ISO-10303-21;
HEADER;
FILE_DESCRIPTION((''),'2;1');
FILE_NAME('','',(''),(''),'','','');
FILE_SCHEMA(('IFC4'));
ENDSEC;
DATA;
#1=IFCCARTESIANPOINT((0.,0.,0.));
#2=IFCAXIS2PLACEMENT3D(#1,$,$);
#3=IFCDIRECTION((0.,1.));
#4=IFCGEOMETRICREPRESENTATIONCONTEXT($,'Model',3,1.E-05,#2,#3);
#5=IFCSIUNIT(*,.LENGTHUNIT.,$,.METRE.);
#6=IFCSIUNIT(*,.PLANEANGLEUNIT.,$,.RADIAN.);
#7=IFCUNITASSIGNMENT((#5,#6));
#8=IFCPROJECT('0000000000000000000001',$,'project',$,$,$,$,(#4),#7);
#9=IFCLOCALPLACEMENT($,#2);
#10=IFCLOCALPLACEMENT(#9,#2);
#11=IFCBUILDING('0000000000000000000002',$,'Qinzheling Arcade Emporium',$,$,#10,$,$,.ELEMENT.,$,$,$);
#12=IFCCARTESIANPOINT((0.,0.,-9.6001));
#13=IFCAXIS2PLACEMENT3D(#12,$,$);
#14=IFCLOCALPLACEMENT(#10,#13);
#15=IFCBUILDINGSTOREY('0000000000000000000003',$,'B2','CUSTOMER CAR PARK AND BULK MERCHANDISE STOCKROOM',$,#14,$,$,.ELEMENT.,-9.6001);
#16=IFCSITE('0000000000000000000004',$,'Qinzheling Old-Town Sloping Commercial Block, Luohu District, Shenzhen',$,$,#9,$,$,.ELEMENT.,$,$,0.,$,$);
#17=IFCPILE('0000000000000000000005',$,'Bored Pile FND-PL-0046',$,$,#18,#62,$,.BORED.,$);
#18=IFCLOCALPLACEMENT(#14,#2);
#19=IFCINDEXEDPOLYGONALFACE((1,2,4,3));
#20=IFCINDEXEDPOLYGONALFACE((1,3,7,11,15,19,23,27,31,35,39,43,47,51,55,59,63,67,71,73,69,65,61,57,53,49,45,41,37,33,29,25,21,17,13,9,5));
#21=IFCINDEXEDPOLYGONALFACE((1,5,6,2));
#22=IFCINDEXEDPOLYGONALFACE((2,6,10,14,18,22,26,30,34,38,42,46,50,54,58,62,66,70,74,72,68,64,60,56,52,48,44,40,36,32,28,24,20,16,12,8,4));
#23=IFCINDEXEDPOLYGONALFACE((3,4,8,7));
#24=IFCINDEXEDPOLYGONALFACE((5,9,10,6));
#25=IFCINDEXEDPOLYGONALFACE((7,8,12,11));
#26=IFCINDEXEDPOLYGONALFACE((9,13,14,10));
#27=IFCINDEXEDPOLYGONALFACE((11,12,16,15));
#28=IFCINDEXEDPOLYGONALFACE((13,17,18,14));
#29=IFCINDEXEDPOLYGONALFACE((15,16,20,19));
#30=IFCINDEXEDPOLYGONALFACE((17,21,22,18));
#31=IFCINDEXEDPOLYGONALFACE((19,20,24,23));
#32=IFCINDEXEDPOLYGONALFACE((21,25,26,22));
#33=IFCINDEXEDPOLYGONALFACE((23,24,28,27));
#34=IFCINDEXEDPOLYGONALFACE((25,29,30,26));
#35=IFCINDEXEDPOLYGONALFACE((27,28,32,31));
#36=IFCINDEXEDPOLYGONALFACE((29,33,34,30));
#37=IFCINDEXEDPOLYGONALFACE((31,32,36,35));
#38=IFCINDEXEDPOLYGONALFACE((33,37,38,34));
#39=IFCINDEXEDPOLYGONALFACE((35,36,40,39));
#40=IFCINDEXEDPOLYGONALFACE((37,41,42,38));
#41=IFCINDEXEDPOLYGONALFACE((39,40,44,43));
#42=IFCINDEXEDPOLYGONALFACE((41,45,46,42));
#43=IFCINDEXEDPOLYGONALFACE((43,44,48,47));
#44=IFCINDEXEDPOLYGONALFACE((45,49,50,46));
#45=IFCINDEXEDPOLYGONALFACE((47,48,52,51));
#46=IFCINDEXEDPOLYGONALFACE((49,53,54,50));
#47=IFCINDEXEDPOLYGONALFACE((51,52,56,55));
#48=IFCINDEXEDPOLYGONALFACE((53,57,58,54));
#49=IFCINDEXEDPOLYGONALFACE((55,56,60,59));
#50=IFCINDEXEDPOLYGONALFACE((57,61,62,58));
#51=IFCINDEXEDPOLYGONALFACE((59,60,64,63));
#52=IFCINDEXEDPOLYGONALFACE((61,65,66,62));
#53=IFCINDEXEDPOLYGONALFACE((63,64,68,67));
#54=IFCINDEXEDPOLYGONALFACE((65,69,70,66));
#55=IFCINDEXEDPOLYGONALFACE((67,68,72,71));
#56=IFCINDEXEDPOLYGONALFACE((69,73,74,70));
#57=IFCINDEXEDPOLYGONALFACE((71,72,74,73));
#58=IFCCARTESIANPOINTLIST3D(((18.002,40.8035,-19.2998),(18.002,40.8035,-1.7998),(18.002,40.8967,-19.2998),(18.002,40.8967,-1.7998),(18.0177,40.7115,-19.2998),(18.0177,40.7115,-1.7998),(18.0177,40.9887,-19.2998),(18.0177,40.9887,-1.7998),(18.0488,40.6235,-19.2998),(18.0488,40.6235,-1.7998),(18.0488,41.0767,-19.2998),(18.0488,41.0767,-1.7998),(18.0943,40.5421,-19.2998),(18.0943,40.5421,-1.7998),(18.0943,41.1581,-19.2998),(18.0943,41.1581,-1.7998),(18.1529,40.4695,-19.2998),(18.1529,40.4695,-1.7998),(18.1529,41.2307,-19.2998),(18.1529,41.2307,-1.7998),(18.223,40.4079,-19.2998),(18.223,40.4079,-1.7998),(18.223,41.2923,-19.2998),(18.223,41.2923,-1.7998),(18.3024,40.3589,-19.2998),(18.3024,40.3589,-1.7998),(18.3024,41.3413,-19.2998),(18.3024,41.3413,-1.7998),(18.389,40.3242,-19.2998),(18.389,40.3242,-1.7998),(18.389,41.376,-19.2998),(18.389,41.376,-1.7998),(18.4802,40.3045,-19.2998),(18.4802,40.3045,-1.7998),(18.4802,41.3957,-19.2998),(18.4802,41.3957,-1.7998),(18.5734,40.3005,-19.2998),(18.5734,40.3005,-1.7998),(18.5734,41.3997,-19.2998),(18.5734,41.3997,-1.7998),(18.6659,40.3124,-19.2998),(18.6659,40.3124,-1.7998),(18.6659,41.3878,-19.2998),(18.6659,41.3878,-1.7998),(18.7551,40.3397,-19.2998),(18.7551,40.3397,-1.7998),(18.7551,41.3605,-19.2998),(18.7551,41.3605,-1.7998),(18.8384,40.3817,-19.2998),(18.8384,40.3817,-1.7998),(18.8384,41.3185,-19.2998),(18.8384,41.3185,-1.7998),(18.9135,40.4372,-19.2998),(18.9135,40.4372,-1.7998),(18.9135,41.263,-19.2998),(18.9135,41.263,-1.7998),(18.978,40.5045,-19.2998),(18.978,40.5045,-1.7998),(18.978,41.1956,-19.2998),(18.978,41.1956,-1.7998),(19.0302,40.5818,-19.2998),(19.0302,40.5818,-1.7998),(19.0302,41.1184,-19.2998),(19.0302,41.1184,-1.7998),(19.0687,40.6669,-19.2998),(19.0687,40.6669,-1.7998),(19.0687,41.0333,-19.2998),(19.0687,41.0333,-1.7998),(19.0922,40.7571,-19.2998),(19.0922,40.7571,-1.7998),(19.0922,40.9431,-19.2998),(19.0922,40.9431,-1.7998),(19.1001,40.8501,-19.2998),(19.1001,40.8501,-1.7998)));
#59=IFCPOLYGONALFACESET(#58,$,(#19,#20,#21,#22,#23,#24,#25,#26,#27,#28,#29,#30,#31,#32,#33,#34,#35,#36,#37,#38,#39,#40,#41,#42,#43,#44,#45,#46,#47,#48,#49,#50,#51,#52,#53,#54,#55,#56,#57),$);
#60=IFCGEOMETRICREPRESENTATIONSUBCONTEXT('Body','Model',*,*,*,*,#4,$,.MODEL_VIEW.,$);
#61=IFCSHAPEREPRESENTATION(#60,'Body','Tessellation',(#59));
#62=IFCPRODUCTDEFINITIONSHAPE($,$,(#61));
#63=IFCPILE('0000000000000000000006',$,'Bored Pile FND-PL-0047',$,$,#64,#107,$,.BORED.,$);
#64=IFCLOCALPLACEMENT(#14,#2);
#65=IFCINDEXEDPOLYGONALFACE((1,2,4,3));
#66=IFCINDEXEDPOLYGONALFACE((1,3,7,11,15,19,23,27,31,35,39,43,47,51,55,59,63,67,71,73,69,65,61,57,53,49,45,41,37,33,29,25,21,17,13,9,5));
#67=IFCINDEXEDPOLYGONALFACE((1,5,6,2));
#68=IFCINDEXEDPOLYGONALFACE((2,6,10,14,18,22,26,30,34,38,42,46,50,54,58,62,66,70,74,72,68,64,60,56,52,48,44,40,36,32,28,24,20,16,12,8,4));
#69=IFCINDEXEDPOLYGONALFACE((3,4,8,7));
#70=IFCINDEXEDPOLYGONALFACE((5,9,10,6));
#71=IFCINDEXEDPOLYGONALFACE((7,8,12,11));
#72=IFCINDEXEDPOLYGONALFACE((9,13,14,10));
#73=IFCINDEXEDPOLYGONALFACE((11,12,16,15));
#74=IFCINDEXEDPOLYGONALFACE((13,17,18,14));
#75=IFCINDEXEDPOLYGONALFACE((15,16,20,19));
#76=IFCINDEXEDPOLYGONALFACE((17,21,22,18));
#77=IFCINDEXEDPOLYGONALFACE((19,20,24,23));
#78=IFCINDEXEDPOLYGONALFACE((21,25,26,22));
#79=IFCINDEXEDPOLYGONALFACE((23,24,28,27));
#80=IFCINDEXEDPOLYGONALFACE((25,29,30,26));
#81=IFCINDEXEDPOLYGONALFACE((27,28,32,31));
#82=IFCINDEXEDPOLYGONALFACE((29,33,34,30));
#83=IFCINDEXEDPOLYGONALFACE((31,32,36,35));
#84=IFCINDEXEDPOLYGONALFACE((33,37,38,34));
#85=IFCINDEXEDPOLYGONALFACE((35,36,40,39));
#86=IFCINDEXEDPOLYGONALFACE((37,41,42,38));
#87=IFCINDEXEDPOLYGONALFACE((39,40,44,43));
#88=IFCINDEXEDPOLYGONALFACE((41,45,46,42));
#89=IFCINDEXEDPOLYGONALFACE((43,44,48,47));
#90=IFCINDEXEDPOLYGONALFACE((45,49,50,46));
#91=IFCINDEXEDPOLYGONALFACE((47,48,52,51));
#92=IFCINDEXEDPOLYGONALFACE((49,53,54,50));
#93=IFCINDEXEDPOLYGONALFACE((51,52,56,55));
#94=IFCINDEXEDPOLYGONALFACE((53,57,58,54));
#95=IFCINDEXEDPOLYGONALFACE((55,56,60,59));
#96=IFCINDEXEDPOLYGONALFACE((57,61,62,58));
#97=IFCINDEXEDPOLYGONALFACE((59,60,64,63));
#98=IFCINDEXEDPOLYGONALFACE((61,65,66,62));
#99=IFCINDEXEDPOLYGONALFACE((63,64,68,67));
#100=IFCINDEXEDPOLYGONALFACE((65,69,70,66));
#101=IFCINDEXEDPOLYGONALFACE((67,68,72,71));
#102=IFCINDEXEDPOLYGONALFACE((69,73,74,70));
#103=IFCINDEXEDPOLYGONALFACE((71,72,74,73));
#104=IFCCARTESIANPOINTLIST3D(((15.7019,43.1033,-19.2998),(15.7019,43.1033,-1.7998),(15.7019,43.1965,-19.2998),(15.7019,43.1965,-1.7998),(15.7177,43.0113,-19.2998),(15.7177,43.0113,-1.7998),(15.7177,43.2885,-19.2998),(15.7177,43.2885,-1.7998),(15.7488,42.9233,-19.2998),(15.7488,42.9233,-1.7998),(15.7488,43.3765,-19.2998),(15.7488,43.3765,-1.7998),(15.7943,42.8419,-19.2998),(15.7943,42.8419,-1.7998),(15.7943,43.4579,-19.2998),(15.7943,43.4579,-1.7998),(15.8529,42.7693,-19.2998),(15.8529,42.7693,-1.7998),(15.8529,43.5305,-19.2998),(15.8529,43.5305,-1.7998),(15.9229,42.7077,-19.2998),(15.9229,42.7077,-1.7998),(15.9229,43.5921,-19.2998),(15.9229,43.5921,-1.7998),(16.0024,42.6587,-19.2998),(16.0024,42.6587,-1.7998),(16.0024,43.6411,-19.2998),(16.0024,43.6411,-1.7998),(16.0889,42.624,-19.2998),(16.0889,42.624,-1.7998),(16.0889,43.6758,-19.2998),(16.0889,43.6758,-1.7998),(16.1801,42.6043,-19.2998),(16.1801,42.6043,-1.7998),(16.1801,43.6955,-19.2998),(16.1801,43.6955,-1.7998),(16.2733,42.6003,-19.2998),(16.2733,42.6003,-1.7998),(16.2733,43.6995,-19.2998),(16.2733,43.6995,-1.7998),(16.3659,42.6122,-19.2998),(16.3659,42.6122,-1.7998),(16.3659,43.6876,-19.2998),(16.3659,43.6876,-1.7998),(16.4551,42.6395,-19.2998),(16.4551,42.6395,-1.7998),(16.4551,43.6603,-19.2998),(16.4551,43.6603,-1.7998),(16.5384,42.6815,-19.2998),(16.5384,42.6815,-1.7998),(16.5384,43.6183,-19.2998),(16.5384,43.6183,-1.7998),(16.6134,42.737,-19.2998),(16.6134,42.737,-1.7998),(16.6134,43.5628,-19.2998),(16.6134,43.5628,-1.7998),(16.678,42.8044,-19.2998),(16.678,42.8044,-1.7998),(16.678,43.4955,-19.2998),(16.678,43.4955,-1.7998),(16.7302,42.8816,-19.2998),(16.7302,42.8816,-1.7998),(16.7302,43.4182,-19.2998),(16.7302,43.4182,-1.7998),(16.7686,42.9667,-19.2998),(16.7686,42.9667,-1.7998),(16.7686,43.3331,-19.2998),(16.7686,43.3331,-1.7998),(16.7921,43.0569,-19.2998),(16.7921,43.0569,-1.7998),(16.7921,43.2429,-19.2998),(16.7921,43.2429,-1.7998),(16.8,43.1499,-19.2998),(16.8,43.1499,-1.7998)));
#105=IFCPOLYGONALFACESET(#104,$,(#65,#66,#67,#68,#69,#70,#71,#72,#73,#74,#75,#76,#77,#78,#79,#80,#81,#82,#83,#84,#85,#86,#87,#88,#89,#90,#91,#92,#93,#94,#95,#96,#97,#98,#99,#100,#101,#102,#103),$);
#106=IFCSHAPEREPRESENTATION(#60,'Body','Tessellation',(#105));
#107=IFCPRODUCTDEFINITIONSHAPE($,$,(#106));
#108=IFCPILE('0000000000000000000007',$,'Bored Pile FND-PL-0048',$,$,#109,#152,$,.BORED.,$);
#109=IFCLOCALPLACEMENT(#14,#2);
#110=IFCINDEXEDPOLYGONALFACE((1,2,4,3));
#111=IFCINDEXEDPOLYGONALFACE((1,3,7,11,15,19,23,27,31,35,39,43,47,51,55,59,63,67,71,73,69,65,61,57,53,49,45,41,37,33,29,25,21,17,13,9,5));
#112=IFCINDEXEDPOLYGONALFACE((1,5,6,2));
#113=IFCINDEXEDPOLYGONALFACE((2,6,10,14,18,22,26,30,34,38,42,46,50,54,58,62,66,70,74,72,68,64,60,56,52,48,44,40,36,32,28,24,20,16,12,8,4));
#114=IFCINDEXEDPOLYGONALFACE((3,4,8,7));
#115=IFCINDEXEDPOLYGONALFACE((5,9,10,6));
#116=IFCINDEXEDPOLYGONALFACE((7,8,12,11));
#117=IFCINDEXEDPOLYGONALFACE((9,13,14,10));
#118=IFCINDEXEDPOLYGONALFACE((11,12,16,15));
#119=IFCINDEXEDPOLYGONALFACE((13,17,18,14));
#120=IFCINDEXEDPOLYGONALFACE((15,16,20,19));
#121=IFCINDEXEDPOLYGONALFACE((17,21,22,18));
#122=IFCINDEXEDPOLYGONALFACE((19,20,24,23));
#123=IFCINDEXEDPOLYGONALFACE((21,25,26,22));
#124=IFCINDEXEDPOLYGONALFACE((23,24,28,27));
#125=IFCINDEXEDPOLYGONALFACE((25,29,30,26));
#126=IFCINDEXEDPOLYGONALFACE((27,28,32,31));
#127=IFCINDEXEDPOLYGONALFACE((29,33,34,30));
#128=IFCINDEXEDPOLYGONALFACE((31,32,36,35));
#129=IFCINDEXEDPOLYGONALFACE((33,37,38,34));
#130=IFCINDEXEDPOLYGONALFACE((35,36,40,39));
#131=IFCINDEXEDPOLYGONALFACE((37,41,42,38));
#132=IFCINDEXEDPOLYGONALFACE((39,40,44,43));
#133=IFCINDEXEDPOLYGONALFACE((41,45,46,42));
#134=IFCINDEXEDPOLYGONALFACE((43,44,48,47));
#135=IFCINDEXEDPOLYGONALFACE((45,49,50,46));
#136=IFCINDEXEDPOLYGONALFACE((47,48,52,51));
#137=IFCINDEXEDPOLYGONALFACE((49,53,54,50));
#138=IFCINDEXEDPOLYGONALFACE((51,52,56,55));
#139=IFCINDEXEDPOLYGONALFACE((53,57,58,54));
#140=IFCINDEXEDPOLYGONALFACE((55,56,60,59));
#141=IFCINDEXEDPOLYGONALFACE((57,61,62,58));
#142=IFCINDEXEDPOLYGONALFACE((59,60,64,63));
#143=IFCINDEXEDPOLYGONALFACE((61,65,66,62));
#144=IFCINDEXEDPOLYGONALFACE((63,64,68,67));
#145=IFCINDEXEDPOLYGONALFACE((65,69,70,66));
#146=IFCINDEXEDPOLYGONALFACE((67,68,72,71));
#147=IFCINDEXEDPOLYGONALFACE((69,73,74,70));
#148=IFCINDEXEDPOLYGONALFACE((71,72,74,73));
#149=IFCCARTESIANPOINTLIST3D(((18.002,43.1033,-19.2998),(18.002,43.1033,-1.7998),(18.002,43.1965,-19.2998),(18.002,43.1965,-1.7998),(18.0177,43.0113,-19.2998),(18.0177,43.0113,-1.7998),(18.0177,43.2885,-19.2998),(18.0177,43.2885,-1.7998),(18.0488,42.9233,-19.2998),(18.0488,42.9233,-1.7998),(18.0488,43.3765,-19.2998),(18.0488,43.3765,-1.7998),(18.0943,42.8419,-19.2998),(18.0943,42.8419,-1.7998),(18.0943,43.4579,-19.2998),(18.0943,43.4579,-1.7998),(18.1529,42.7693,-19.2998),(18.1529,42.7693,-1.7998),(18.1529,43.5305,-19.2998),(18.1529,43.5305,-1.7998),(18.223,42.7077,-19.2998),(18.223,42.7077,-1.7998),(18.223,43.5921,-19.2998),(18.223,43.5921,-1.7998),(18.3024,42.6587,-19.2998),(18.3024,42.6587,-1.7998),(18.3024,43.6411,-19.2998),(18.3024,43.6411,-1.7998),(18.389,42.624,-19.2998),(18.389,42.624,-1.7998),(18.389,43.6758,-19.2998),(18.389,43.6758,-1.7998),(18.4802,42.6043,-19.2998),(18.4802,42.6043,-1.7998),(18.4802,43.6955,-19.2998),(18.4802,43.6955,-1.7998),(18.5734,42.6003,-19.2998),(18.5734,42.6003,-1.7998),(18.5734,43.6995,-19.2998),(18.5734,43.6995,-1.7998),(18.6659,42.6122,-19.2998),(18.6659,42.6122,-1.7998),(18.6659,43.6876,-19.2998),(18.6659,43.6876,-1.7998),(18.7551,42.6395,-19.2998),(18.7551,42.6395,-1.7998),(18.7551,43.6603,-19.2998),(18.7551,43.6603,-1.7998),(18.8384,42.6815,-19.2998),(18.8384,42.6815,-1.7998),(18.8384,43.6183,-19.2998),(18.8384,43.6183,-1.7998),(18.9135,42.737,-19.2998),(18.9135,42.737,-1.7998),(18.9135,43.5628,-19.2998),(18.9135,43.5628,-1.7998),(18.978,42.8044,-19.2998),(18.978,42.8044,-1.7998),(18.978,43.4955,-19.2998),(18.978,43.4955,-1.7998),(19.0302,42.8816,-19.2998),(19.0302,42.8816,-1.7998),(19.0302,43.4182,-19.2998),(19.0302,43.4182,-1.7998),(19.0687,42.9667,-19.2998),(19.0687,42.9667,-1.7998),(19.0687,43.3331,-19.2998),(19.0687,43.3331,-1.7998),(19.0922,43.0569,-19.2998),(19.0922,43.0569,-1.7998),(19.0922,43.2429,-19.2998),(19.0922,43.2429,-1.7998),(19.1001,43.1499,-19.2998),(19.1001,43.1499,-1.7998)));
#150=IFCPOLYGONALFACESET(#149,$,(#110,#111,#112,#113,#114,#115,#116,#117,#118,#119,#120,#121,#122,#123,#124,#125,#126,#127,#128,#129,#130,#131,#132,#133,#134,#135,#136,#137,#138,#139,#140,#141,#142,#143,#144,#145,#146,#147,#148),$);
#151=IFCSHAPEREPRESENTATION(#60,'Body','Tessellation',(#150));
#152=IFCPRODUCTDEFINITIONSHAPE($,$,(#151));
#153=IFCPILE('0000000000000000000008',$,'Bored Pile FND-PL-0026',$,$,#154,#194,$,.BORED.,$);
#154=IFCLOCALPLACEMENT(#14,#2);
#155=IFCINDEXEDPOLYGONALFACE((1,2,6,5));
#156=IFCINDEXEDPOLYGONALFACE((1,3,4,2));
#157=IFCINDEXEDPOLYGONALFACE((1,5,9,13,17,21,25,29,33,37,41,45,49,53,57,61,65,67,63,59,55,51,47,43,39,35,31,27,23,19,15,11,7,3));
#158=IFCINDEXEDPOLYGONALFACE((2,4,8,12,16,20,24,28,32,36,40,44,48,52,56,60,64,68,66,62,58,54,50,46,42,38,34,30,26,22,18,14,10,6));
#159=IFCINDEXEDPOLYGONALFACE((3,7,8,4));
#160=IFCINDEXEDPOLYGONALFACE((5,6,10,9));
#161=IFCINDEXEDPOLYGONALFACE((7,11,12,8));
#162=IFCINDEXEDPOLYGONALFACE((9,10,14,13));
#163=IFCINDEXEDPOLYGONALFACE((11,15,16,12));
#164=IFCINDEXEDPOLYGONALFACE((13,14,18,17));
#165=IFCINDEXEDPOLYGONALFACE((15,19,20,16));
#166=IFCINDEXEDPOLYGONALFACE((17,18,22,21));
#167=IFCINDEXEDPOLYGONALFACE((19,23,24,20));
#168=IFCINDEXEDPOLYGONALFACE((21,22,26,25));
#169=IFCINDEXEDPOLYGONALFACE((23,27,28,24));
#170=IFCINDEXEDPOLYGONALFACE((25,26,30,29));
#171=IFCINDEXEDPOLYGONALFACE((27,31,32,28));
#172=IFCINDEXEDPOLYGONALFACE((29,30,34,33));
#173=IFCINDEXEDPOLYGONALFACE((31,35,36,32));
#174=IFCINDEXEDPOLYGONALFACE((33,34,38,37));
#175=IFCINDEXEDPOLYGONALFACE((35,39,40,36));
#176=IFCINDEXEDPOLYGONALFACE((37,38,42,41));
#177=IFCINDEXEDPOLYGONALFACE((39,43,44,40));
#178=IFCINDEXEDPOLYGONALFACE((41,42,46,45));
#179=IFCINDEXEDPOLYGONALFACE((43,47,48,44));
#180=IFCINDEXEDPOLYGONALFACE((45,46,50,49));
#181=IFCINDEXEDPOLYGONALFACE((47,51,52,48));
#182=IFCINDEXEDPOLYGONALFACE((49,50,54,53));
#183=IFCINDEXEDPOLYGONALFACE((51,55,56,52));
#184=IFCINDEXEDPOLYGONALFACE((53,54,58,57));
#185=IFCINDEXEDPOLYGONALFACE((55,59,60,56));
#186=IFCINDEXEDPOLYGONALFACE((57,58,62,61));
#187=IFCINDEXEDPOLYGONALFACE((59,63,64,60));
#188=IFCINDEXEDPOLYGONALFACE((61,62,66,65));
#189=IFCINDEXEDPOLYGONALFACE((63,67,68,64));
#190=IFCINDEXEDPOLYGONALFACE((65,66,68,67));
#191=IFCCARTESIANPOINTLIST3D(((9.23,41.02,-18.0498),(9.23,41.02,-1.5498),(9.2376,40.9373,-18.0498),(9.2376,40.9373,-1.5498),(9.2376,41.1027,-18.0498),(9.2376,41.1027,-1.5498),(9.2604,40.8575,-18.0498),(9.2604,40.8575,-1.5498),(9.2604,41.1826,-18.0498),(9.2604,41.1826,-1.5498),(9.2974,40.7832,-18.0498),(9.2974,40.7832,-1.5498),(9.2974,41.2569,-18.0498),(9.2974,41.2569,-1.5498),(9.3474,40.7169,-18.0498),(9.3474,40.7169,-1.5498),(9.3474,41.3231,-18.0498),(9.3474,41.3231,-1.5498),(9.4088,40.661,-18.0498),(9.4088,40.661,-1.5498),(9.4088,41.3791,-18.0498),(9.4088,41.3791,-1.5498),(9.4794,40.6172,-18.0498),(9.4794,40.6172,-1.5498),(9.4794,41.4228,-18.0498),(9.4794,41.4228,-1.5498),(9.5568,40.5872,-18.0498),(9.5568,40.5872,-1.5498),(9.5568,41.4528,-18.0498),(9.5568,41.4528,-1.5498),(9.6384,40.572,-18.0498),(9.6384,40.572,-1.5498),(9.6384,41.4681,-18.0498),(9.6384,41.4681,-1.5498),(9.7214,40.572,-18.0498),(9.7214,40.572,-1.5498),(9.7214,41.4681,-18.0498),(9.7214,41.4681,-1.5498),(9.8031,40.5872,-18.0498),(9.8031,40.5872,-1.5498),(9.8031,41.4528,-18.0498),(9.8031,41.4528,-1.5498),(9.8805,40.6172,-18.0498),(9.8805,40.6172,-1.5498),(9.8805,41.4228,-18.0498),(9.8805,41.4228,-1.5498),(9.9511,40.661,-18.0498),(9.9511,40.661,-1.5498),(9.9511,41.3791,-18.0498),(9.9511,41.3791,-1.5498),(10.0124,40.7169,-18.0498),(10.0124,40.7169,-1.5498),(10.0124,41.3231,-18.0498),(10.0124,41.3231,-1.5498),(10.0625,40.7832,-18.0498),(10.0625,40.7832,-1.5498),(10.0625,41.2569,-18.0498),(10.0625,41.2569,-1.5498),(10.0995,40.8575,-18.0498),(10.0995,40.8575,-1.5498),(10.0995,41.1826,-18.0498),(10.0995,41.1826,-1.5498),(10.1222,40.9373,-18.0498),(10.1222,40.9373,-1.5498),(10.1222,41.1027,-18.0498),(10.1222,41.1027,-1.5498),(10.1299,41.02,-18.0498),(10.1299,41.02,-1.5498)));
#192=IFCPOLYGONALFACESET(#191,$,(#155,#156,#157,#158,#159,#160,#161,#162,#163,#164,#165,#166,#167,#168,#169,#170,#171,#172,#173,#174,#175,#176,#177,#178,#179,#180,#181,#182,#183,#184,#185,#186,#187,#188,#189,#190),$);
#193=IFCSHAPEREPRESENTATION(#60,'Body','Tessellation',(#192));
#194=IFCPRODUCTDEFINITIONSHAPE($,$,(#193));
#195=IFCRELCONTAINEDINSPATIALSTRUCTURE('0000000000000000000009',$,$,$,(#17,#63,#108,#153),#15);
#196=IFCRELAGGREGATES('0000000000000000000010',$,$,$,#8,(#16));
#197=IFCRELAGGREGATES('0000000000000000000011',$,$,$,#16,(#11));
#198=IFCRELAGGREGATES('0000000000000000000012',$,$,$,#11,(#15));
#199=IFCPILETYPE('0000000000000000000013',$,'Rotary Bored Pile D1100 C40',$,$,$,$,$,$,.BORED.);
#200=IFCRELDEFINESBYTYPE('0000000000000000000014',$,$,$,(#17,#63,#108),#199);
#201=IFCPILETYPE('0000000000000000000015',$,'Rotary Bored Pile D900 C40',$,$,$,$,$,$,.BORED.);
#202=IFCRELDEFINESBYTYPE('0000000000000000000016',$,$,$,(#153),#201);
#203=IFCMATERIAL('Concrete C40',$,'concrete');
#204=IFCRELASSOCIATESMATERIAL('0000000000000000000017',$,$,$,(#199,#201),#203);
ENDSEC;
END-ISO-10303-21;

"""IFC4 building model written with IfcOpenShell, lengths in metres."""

from ifc_helpers import new_model, si_unit, direction, frame, origin, origin_2d, place, context, subcontext, project, spatial, circle, extrude, material, material_profile, profile_set, type_object, element, save


model = new_model("IFC4")

# Units and contexts
model_context = context("Model", 3, precision=1e-05, world=origin(), true_north=direction((0.0, 1.0)))
body_context = subcontext(model_context, "Body", "Model", "MODEL_VIEW")
ifc_project = project(units=[si_unit("LENGTHUNIT", "METRE"), si_unit("PLANEANGLEUNIT", "RADIAN")], contexts=[model_context])

# Site, building, storey
site_placement = place(None, origin())
site = spatial("IfcSite", under=ifc_project, at=site_placement, Name="Qinzheling Old-Town Sloping Commercial Block, Luohu District, Shenzhen", CompositionType="ELEMENT", RefElevation=0.0)
building_placement = place(site_placement, origin())
building = spatial("IfcBuilding", under=site, at=building_placement, Name="Qinzheling Arcade Emporium", CompositionType="ELEMENT")
storey_placement = place(building_placement, frame((0.0, 0.0, -9.6001)))
storey = spatial("IfcBuildingStorey", under=building, at=storey_placement, Name="B2", Description="CUSTOMER CAR PARK AND BULK MERCHANDISE STOCKROOM", CompositionType="ELEMENT", Elevation=-9.6001)

# Shared definitions
ifc_material_1 = material(Name="Concrete C40", Category="concrete")

# Piles
ifc_material_profile_1 = material_profile(ifc_material_1, circle(Radius=0.55, at=origin_2d()), Name="BORED D1100", Category="concrete")
ifc_profile_set_1 = profile_set([ifc_material_profile_1], Name="Concrete C40")
pile_type_1 = type_object("IfcPileType", Name="Rotary Bored Pile D1100 C40", PredefinedType="BORED", material=ifc_profile_set_1)
for number, where, z_axis, x_axis, name in (
    (1, (18.55, 40.8501, -1.7998), (0.0, 0.0, -1.0), (1.0, 0.0, 0.0), "Bored Pile FND-PL-0046"),
    (2, (16.25, 43.1499, -1.7998), (0.0, 0.0, -1.0), (1.0, 0.0, 0.0), "Bored Pile FND-PL-0047"),
    (3, (18.55, 43.1499, -1.7998), (0.0, 0.0, -1.0), (1.0, 0.0, 0.0), "Bored Pile FND-PL-0048"),
):
    element("IfcPile", number, at=place(storey_placement, frame(where, z_axis=z_axis, x_axis=x_axis)), inside=storey, type_object=pile_type_1, Name=name, PredefinedType="BORED", context=body_context, shape_type="SweptSolid", body=[
        extrude(circle(Radius=0.55, at=origin_2d()), origin(), (0.0, 0.0, 1.0), 17.5),
    ])
ifc_material_profile_2 = material_profile(ifc_material_1, circle(Radius=0.45, at=origin_2d()), Name="BORED D900", Category="concrete")
ifc_profile_set_2 = profile_set([ifc_material_profile_2], Name="Concrete C40")
pile_type_2 = type_object("IfcPileType", Name="Rotary Bored Pile D900 C40", PredefinedType="BORED", material=ifc_profile_set_2)
for number, where, z_axis, x_axis, name in (
    (4, (9.6799, 41.02, -1.5498), (0.0, 0.0, -1.0), (1.0, 0.0, 0.0), "Bored Pile FND-PL-0026"),
):
    element("IfcPile", number, at=place(storey_placement, frame(where, z_axis=z_axis, x_axis=x_axis)), inside=storey, type_object=pile_type_2, Name=name, PredefinedType="BORED", context=body_context, shape_type="SweptSolid", body=[
        extrude(circle(Radius=0.45, at=origin_2d()), origin(), (0.0, 0.0, 1.0), 16.5),
    ])

save(model, "model.ifc")
